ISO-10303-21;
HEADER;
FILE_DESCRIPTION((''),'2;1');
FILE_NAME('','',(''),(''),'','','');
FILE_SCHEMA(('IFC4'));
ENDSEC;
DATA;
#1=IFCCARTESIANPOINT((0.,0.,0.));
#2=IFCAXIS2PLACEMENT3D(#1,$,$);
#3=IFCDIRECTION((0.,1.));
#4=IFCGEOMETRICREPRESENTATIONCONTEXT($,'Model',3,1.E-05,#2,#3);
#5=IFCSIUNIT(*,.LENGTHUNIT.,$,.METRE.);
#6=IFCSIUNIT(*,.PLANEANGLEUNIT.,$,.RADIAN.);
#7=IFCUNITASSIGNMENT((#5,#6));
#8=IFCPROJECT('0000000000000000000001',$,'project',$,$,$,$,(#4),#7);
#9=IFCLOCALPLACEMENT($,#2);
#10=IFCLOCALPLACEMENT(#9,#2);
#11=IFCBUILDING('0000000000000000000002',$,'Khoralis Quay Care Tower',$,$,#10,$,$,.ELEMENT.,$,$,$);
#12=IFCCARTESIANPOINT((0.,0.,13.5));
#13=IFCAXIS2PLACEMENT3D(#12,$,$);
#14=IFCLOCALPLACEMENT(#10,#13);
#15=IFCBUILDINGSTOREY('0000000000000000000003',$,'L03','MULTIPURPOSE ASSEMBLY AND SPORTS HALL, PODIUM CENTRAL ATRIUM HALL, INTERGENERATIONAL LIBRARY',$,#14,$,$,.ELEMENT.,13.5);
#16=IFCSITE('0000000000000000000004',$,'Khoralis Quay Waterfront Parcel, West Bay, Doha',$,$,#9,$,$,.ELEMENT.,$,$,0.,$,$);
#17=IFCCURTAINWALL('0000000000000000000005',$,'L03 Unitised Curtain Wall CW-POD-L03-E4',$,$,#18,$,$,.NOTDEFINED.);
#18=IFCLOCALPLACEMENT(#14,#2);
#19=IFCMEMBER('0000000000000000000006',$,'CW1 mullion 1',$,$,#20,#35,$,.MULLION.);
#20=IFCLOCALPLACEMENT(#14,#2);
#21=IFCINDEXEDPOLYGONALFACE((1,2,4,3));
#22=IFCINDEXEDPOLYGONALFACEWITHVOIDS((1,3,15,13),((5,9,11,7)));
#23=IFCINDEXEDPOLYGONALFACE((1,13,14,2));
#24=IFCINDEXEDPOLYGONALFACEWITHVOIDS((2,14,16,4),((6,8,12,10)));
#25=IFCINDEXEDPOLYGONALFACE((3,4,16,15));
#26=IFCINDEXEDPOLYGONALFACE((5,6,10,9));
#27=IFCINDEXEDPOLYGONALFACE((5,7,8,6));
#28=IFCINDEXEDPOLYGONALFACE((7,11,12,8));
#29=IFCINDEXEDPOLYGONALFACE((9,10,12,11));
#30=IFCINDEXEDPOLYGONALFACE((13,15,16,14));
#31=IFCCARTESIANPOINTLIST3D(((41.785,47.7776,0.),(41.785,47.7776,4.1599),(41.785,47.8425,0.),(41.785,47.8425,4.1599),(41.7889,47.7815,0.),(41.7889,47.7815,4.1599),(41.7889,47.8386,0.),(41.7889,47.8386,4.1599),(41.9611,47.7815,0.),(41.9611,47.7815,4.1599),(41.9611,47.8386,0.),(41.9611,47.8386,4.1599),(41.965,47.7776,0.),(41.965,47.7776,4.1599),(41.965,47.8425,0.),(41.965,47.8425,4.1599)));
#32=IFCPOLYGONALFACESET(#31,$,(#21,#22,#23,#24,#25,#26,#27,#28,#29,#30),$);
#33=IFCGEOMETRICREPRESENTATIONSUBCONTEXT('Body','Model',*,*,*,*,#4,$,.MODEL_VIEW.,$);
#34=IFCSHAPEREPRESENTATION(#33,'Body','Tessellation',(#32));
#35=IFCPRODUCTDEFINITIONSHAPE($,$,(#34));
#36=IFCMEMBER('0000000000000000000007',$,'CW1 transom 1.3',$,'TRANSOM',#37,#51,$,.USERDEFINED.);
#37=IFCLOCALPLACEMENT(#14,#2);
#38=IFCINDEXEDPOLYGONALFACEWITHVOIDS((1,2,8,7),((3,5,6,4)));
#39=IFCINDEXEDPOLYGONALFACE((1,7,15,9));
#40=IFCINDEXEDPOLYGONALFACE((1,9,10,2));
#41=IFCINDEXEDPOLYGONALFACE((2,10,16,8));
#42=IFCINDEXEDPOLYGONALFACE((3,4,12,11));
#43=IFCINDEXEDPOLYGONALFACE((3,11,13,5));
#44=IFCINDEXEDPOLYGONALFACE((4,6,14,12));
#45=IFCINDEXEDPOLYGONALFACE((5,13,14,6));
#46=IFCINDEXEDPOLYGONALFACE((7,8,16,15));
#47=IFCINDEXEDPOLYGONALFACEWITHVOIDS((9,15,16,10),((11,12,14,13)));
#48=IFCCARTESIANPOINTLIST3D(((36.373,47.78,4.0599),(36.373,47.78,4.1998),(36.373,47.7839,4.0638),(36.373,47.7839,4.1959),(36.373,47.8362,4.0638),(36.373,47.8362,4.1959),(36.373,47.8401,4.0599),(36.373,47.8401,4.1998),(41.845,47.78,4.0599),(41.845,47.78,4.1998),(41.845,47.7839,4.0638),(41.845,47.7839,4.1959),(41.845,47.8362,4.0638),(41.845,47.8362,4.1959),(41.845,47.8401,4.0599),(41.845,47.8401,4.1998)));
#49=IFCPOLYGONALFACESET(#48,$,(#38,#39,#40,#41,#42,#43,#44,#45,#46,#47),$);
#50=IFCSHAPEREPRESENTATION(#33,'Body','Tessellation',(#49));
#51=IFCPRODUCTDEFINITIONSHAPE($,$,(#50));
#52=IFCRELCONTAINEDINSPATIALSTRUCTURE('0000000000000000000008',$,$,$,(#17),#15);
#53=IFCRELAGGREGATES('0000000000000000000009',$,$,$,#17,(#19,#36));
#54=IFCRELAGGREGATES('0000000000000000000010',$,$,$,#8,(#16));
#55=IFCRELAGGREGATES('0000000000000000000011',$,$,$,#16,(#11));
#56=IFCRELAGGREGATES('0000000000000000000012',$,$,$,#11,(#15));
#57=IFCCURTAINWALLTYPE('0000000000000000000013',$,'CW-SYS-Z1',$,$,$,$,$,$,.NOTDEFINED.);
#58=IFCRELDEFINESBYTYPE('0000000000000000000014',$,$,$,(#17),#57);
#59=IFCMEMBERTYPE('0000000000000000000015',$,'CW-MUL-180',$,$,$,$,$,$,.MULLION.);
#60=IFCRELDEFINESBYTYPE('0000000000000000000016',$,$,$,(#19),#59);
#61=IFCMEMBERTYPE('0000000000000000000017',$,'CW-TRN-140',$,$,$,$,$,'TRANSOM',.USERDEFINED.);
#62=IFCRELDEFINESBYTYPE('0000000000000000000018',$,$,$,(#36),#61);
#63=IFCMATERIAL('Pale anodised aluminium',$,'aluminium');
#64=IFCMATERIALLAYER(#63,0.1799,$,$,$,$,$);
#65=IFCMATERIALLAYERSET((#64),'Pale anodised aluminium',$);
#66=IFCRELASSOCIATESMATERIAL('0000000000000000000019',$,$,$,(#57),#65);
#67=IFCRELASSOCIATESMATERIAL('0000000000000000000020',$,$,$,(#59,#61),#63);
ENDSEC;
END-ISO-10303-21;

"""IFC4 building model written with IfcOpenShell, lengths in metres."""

from ifc_helpers import new_model, si_unit, direction, frame, origin, origin_2d, place, context, subcontext, project, spatial, hollow_rectangle, extrude, source, transform, mapped, material, layer, layer_set, material_profile, profile_set, type_object, element, aggregate, save


model = new_model("IFC4")

# Units and contexts
model_context = context("Model", 3, precision=1e-05, world=origin(), true_north=direction((0.0, 1.0)))
body_context = subcontext(model_context, "Body", "Model", "MODEL_VIEW")
ifc_project = project(units=[si_unit("LENGTHUNIT", "METRE"), si_unit("PLANEANGLEUNIT", "RADIAN")], contexts=[model_context])

# Site, building, storey
site_placement = place(None, origin())
site = spatial("IfcSite", under=ifc_project, at=site_placement, Name="Khoralis Quay Waterfront Parcel, West Bay, Doha", CompositionType="ELEMENT", RefElevation=0.0)
building_placement = place(site_placement, origin())
building = spatial("IfcBuilding", under=site, at=building_placement, Name="Khoralis Quay Care Tower", CompositionType="ELEMENT")
storey_placement = place(building_placement, frame((0.0, 0.0, 13.5)))
storey = spatial("IfcBuildingStorey", under=building, at=storey_placement, Name="L03", Description="MULTIPURPOSE ASSEMBLY AND SPORTS HALL, PODIUM CENTRAL ATRIUM HALL, INTERGENERATIONAL LIBRARY", CompositionType="ELEMENT", Elevation=13.5)

# Curtain wall, members
ifc_material_1 = material(Name="Pale anodised aluminium", Category="aluminium")
ifc_layer = layer(ifc_material_1, 0.1799)
ifc_layer_set = layer_set([ifc_layer], Name="Pale anodised aluminium")
curtain_wall_type = type_object("IfcCurtainWallType", Name="CW-SYS-Z1", PredefinedType="NOTDEFINED", material=ifc_layer_set)
curtain_wall_placement = place(storey_placement, origin())
curtain_wall = element("IfcCurtainWall", 1, at=curtain_wall_placement, inside=storey, type_object=curtain_wall_type, Name="L03 Unitised Curtain Wall CW-POD-L03-E4", PredefinedType="NOTDEFINED")
ifc_material_profile_1 = material_profile(ifc_material_1, hollow_rectangle(XDim=0.0649, YDim=0.1799, WallThickness=0.0039, at=origin_2d()), Name="Pale anodised aluminium")
ifc_profile_set_1 = profile_set([ifc_material_profile_1], Name="Pale anodised aluminium")
member_type_1 = type_object("IfcMemberType", Name="CW-MUL-180", PredefinedType="MULLION", material=ifc_profile_set_1)
shared_shape_1 = source(origin(), body_context, "Body", "SweptSolid", [
    extrude(hollow_rectangle(XDim=0.0649, YDim=0.1799, WallThickness=0.0039, at=origin_2d()), origin(), (0.0, 0.0, 1.0), 4.1599),
])
member_1_placement = place(storey_placement, frame((41.875, 47.8101, 0.0), z_axis=(0.0, 0.0, 1.0), x_axis=(0.0, -1.0, 0.0)))
member_1 = element("IfcMember", 2, at=member_1_placement, type_object=member_type_1, Name="CW1 mullion 1", PredefinedType="MULLION", context=body_context, shape_type="MappedRepresentation", body=[
    mapped(shared_shape_1, transform((0.0, 0.0, 0.0), scale=1.0)),
])
ifc_material_profile_2 = material_profile(ifc_material_1, hollow_rectangle(XDim=0.0601, YDim=0.1399, WallThickness=0.0039, at=origin_2d()), Name="Pale anodised aluminium")
ifc_profile_set_2 = profile_set([ifc_material_profile_2], Name="Pale anodised aluminium")
member_type_2 = type_object("IfcMemberType", Name="CW-TRN-140", ElementType="TRANSOM", PredefinedType="USERDEFINED", material=ifc_profile_set_2)
shared_shape_2 = source(origin(), body_context, "Body", "SweptSolid", [
    extrude(hollow_rectangle(XDim=0.0601, YDim=0.1399, WallThickness=0.0039, at=origin_2d()), origin(), (0.0, 0.0, 1.0), 5.4719),
])
member_2_placement = place(storey_placement, frame((41.845, 47.8101, 4.1299), z_axis=(-1.0, 0.0, 0.0), x_axis=(0.0, -1.0, 0.0)))
member_2 = element("IfcMember", 3, at=member_2_placement, type_object=member_type_2, Name="CW1 transom 1.3", ObjectType="TRANSOM", PredefinedType="USERDEFINED", context=body_context, shape_type="MappedRepresentation", body=[
    mapped(shared_shape_2, transform((0.0, 0.0, 0.0), scale=1.0)),
])
aggregate(curtain_wall, [member_1, member_2])

save(model, "model.ifc")
